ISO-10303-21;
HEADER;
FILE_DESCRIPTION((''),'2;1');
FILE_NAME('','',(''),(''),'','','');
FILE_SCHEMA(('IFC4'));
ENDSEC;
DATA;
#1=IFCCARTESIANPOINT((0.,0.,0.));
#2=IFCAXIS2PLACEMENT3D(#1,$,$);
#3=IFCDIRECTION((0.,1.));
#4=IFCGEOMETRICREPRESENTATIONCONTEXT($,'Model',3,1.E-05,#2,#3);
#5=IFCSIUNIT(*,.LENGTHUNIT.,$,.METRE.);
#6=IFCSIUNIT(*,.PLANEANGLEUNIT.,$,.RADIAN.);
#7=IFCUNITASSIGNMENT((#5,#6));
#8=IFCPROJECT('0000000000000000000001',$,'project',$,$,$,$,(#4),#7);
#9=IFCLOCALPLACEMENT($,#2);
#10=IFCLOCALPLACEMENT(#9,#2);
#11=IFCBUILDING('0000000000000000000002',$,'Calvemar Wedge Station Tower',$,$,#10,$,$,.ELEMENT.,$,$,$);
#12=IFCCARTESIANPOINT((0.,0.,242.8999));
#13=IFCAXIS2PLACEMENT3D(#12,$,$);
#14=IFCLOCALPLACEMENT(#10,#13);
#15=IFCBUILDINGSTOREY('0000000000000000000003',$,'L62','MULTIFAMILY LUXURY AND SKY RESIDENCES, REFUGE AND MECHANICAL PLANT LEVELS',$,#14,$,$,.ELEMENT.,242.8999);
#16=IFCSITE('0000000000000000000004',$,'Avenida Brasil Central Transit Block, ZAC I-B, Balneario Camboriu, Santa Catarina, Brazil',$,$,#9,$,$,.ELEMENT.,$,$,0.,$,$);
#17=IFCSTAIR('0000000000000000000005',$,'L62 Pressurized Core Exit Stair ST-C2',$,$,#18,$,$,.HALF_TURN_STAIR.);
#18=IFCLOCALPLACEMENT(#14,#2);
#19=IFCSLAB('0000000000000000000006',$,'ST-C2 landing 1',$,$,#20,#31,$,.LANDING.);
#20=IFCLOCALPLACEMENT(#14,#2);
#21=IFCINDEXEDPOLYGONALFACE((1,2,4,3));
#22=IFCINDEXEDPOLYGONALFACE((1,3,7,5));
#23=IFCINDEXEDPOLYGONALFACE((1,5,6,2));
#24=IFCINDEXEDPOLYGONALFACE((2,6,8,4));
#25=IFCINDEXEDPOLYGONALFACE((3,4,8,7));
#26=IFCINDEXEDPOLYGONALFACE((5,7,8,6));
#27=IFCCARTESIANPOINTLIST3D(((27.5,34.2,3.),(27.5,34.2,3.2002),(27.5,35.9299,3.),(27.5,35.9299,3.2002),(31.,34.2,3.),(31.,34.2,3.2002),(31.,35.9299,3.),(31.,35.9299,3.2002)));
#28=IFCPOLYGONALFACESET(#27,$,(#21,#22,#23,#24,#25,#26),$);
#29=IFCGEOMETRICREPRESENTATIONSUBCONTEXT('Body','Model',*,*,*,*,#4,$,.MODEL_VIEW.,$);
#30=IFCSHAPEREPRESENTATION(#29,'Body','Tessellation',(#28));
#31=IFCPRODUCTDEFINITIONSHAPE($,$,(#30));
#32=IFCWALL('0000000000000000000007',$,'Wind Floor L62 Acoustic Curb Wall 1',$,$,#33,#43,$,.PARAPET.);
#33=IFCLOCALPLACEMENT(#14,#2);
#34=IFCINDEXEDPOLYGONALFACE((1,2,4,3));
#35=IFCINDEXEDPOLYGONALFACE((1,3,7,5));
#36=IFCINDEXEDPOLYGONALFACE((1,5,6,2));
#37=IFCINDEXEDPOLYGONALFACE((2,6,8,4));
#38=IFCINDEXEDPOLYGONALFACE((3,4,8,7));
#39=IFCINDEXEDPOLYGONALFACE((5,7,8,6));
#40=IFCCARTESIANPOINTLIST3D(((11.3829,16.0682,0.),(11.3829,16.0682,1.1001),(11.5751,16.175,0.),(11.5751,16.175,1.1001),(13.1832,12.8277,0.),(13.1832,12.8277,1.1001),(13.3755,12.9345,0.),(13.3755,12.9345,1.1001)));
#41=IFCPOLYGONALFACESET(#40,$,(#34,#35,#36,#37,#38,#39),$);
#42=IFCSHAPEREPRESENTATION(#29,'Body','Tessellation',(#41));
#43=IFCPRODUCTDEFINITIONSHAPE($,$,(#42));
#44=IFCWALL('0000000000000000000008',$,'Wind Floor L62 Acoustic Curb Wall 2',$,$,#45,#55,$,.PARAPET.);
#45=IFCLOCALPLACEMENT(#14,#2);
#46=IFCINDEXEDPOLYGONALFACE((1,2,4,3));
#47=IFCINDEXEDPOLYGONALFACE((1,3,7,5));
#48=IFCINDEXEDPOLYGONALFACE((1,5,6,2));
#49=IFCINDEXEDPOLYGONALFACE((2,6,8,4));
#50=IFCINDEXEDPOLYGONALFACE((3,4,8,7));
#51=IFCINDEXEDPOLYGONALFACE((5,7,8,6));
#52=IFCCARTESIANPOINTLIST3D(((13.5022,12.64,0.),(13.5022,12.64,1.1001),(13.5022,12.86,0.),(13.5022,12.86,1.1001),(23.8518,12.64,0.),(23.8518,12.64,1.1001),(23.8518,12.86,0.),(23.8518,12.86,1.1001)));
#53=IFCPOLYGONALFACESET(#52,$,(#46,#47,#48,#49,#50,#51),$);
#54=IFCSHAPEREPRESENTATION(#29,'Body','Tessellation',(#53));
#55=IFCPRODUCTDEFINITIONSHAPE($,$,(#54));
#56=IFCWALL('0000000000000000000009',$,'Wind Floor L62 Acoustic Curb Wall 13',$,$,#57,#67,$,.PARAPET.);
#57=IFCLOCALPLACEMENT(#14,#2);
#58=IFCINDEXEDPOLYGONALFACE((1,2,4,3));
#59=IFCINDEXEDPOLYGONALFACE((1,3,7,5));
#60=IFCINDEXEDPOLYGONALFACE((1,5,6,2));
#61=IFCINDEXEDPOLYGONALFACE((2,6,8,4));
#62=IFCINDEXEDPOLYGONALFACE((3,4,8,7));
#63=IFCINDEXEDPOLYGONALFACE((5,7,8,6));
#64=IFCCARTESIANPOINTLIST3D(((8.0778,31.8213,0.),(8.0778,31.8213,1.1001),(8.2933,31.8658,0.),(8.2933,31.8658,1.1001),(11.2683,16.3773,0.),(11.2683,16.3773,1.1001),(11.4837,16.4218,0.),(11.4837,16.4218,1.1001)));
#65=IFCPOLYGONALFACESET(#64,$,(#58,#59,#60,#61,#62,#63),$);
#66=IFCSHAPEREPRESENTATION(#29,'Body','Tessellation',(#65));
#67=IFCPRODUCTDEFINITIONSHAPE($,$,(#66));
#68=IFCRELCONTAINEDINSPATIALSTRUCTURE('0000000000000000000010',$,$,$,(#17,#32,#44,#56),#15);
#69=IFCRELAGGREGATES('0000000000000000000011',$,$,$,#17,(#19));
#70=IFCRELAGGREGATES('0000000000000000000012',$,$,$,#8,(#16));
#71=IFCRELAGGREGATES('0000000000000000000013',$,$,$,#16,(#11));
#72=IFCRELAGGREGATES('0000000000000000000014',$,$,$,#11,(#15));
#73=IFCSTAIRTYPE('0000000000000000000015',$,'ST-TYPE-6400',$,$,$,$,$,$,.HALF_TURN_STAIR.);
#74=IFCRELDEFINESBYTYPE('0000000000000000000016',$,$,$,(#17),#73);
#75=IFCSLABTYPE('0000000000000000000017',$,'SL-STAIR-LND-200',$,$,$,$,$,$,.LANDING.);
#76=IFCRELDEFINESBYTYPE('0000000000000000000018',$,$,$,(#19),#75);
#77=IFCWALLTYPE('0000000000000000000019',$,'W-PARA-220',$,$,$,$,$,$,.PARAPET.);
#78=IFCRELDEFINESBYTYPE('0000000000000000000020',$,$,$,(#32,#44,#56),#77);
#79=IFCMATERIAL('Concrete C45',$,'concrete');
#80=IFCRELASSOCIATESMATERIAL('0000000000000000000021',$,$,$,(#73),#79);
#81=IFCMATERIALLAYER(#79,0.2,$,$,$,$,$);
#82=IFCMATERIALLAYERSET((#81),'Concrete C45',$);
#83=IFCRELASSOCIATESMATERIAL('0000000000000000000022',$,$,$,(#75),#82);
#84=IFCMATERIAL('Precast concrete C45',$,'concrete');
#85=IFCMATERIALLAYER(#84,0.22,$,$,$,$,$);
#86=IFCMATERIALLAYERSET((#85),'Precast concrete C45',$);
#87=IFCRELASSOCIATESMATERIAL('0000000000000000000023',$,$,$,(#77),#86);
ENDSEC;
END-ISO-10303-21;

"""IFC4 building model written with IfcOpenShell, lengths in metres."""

from ifc_helpers import new_model, si_unit, direction, frame, frame_2d, origin, place, context, subcontext, project, spatial, polyline, rectangle, outline, extrude, material, layer, layer_set, type_object, element, aggregate, save


model = new_model("IFC4")

# Units and contexts
model_context = context("Model", 3, precision=1e-05, world=origin(), true_north=direction((0.0, 1.0)))
body_context = subcontext(model_context, "Body", "Model", "MODEL_VIEW")
ifc_project = project(units=[si_unit("LENGTHUNIT", "METRE"), si_unit("PLANEANGLEUNIT", "RADIAN")], contexts=[model_context])

# Site, building, storey
site_placement = place(None, origin())
site = spatial("IfcSite", under=ifc_project, at=site_placement, Name="Avenida Brasil Central Transit Block, ZAC I-B, Balneario Camboriu, Santa Catarina, Brazil", CompositionType="ELEMENT", RefElevation=0.0)
building_placement = place(site_placement, origin())
building = spatial("IfcBuilding", under=site, at=building_placement, Name="Calvemar Wedge Station Tower", CompositionType="ELEMENT")
storey_placement = place(building_placement, frame((0.0, 0.0, 242.8999)))
storey = spatial("IfcBuildingStorey", under=building, at=storey_placement, Name="L62", Description="MULTIFAMILY LUXURY AND SKY RESIDENCES, REFUGE AND MECHANICAL PLANT LEVELS", CompositionType="ELEMENT", Elevation=242.8999)

# Stair, slab
ifc_material_1 = material(Name="Concrete C45", Category="concrete")
stair_type = type_object("IfcStairType", Name="ST-TYPE-6400", PredefinedType="HALF_TURN_STAIR", material=ifc_material_1)
ifc_layer_1 = layer(ifc_material_1, 0.2)
ifc_layer_set_1 = layer_set([ifc_layer_1], Name="Concrete C45")
slab_type_1 = type_object("IfcSlabType", Name="SL-STAIR-LND-200", PredefinedType="LANDING", material=ifc_layer_set_1)
stair_1_placement = place(storey_placement, origin())
stair_1 = element("IfcStair", 1, at=stair_1_placement, inside=storey, type_object=stair_type, Name="L62 Pressurized Core Exit Stair ST-C2", PredefinedType="HALF_TURN_STAIR")
slab_1_placement = place(storey_placement, frame((0.0, 0.0, 3.0)))
slab_1 = element("IfcSlab", 2, at=slab_1_placement, type_object=slab_type_1, Name="ST-C2 landing 1", PredefinedType="LANDING", context=body_context, shape_type="SweptSolid", body=[
    extrude(outline(polyline([(27.5, 35.9299), (27.5, 34.2), (31.0, 34.2), (31.0, 35.9299), (27.5, 35.9299)])), origin(), (0.0, 0.0, 1.0), 0.2002),
])
aggregate(stair_1, [slab_1])

# Walls
ifc_material_2 = material(Name="Precast concrete C45", Category="concrete")
ifc_layer_2 = layer(ifc_material_2, 0.22)
ifc_layer_set_2 = layer_set([ifc_layer_2], Name="Precast concrete C45")
wall_type = type_object("IfcWallType", Name="W-PARA-220", PredefinedType="PARAPET", material=ifc_layer_set_2)
wall_1_placement = place(storey_placement, frame((11.479, 16.1216, 0.0), z_axis=(0.0, 0.0, 1.0), x_axis=(0.485649, -0.874154, 0.0)))
element("IfcWall", 3, at=wall_1_placement, inside=storey, type_object=wall_type, Name="Wind Floor L62 Acoustic Curb Wall 1", PredefinedType="PARAPET", context=body_context, shape_type="SweptSolid", body=[
    extrude(rectangle(XDim=3.707, YDim=0.22, at=frame_2d((1.8535, 0.0))), origin(), (0.0, 0.0, 1.0), 1.1001),
])
wall_2_placement = place(storey_placement, frame((13.5022, 12.75, 0.0), z_axis=(0.0, 0.0, 1.0), x_axis=(1.0, 0.0, 0.0)))
element("IfcWall", 4, at=wall_2_placement, inside=storey, type_object=wall_type, Name="Wind Floor L62 Acoustic Curb Wall 2", PredefinedType="PARAPET", context=body_context, shape_type="SweptSolid", body=[
    extrude(rectangle(XDim=10.3496, YDim=0.22, at=frame_2d((5.1748, 0.0))), origin(), (0.0, 0.0, 1.0), 1.1001),
])
wall_3_placement = place(storey_placement, frame((8.1855, 31.8435, 0.0), z_axis=(0.0, 0.0, 1.0), x_axis=(0.202311, -0.979321, 0.0)))
element("IfcWall", 5, at=wall_3_placement, inside=storey, type_object=wall_type, Name="Wind Floor L62 Acoustic Curb Wall 13", PredefinedType="PARAPET", context=body_context, shape_type="SweptSolid", body=[
    extrude(rectangle(XDim=15.77, YDim=0.22, at=frame_2d((7.885, 0.0))), origin(), (0.0, 0.0, 1.0), 1.1001),
])

save(model, "model.ifc")
